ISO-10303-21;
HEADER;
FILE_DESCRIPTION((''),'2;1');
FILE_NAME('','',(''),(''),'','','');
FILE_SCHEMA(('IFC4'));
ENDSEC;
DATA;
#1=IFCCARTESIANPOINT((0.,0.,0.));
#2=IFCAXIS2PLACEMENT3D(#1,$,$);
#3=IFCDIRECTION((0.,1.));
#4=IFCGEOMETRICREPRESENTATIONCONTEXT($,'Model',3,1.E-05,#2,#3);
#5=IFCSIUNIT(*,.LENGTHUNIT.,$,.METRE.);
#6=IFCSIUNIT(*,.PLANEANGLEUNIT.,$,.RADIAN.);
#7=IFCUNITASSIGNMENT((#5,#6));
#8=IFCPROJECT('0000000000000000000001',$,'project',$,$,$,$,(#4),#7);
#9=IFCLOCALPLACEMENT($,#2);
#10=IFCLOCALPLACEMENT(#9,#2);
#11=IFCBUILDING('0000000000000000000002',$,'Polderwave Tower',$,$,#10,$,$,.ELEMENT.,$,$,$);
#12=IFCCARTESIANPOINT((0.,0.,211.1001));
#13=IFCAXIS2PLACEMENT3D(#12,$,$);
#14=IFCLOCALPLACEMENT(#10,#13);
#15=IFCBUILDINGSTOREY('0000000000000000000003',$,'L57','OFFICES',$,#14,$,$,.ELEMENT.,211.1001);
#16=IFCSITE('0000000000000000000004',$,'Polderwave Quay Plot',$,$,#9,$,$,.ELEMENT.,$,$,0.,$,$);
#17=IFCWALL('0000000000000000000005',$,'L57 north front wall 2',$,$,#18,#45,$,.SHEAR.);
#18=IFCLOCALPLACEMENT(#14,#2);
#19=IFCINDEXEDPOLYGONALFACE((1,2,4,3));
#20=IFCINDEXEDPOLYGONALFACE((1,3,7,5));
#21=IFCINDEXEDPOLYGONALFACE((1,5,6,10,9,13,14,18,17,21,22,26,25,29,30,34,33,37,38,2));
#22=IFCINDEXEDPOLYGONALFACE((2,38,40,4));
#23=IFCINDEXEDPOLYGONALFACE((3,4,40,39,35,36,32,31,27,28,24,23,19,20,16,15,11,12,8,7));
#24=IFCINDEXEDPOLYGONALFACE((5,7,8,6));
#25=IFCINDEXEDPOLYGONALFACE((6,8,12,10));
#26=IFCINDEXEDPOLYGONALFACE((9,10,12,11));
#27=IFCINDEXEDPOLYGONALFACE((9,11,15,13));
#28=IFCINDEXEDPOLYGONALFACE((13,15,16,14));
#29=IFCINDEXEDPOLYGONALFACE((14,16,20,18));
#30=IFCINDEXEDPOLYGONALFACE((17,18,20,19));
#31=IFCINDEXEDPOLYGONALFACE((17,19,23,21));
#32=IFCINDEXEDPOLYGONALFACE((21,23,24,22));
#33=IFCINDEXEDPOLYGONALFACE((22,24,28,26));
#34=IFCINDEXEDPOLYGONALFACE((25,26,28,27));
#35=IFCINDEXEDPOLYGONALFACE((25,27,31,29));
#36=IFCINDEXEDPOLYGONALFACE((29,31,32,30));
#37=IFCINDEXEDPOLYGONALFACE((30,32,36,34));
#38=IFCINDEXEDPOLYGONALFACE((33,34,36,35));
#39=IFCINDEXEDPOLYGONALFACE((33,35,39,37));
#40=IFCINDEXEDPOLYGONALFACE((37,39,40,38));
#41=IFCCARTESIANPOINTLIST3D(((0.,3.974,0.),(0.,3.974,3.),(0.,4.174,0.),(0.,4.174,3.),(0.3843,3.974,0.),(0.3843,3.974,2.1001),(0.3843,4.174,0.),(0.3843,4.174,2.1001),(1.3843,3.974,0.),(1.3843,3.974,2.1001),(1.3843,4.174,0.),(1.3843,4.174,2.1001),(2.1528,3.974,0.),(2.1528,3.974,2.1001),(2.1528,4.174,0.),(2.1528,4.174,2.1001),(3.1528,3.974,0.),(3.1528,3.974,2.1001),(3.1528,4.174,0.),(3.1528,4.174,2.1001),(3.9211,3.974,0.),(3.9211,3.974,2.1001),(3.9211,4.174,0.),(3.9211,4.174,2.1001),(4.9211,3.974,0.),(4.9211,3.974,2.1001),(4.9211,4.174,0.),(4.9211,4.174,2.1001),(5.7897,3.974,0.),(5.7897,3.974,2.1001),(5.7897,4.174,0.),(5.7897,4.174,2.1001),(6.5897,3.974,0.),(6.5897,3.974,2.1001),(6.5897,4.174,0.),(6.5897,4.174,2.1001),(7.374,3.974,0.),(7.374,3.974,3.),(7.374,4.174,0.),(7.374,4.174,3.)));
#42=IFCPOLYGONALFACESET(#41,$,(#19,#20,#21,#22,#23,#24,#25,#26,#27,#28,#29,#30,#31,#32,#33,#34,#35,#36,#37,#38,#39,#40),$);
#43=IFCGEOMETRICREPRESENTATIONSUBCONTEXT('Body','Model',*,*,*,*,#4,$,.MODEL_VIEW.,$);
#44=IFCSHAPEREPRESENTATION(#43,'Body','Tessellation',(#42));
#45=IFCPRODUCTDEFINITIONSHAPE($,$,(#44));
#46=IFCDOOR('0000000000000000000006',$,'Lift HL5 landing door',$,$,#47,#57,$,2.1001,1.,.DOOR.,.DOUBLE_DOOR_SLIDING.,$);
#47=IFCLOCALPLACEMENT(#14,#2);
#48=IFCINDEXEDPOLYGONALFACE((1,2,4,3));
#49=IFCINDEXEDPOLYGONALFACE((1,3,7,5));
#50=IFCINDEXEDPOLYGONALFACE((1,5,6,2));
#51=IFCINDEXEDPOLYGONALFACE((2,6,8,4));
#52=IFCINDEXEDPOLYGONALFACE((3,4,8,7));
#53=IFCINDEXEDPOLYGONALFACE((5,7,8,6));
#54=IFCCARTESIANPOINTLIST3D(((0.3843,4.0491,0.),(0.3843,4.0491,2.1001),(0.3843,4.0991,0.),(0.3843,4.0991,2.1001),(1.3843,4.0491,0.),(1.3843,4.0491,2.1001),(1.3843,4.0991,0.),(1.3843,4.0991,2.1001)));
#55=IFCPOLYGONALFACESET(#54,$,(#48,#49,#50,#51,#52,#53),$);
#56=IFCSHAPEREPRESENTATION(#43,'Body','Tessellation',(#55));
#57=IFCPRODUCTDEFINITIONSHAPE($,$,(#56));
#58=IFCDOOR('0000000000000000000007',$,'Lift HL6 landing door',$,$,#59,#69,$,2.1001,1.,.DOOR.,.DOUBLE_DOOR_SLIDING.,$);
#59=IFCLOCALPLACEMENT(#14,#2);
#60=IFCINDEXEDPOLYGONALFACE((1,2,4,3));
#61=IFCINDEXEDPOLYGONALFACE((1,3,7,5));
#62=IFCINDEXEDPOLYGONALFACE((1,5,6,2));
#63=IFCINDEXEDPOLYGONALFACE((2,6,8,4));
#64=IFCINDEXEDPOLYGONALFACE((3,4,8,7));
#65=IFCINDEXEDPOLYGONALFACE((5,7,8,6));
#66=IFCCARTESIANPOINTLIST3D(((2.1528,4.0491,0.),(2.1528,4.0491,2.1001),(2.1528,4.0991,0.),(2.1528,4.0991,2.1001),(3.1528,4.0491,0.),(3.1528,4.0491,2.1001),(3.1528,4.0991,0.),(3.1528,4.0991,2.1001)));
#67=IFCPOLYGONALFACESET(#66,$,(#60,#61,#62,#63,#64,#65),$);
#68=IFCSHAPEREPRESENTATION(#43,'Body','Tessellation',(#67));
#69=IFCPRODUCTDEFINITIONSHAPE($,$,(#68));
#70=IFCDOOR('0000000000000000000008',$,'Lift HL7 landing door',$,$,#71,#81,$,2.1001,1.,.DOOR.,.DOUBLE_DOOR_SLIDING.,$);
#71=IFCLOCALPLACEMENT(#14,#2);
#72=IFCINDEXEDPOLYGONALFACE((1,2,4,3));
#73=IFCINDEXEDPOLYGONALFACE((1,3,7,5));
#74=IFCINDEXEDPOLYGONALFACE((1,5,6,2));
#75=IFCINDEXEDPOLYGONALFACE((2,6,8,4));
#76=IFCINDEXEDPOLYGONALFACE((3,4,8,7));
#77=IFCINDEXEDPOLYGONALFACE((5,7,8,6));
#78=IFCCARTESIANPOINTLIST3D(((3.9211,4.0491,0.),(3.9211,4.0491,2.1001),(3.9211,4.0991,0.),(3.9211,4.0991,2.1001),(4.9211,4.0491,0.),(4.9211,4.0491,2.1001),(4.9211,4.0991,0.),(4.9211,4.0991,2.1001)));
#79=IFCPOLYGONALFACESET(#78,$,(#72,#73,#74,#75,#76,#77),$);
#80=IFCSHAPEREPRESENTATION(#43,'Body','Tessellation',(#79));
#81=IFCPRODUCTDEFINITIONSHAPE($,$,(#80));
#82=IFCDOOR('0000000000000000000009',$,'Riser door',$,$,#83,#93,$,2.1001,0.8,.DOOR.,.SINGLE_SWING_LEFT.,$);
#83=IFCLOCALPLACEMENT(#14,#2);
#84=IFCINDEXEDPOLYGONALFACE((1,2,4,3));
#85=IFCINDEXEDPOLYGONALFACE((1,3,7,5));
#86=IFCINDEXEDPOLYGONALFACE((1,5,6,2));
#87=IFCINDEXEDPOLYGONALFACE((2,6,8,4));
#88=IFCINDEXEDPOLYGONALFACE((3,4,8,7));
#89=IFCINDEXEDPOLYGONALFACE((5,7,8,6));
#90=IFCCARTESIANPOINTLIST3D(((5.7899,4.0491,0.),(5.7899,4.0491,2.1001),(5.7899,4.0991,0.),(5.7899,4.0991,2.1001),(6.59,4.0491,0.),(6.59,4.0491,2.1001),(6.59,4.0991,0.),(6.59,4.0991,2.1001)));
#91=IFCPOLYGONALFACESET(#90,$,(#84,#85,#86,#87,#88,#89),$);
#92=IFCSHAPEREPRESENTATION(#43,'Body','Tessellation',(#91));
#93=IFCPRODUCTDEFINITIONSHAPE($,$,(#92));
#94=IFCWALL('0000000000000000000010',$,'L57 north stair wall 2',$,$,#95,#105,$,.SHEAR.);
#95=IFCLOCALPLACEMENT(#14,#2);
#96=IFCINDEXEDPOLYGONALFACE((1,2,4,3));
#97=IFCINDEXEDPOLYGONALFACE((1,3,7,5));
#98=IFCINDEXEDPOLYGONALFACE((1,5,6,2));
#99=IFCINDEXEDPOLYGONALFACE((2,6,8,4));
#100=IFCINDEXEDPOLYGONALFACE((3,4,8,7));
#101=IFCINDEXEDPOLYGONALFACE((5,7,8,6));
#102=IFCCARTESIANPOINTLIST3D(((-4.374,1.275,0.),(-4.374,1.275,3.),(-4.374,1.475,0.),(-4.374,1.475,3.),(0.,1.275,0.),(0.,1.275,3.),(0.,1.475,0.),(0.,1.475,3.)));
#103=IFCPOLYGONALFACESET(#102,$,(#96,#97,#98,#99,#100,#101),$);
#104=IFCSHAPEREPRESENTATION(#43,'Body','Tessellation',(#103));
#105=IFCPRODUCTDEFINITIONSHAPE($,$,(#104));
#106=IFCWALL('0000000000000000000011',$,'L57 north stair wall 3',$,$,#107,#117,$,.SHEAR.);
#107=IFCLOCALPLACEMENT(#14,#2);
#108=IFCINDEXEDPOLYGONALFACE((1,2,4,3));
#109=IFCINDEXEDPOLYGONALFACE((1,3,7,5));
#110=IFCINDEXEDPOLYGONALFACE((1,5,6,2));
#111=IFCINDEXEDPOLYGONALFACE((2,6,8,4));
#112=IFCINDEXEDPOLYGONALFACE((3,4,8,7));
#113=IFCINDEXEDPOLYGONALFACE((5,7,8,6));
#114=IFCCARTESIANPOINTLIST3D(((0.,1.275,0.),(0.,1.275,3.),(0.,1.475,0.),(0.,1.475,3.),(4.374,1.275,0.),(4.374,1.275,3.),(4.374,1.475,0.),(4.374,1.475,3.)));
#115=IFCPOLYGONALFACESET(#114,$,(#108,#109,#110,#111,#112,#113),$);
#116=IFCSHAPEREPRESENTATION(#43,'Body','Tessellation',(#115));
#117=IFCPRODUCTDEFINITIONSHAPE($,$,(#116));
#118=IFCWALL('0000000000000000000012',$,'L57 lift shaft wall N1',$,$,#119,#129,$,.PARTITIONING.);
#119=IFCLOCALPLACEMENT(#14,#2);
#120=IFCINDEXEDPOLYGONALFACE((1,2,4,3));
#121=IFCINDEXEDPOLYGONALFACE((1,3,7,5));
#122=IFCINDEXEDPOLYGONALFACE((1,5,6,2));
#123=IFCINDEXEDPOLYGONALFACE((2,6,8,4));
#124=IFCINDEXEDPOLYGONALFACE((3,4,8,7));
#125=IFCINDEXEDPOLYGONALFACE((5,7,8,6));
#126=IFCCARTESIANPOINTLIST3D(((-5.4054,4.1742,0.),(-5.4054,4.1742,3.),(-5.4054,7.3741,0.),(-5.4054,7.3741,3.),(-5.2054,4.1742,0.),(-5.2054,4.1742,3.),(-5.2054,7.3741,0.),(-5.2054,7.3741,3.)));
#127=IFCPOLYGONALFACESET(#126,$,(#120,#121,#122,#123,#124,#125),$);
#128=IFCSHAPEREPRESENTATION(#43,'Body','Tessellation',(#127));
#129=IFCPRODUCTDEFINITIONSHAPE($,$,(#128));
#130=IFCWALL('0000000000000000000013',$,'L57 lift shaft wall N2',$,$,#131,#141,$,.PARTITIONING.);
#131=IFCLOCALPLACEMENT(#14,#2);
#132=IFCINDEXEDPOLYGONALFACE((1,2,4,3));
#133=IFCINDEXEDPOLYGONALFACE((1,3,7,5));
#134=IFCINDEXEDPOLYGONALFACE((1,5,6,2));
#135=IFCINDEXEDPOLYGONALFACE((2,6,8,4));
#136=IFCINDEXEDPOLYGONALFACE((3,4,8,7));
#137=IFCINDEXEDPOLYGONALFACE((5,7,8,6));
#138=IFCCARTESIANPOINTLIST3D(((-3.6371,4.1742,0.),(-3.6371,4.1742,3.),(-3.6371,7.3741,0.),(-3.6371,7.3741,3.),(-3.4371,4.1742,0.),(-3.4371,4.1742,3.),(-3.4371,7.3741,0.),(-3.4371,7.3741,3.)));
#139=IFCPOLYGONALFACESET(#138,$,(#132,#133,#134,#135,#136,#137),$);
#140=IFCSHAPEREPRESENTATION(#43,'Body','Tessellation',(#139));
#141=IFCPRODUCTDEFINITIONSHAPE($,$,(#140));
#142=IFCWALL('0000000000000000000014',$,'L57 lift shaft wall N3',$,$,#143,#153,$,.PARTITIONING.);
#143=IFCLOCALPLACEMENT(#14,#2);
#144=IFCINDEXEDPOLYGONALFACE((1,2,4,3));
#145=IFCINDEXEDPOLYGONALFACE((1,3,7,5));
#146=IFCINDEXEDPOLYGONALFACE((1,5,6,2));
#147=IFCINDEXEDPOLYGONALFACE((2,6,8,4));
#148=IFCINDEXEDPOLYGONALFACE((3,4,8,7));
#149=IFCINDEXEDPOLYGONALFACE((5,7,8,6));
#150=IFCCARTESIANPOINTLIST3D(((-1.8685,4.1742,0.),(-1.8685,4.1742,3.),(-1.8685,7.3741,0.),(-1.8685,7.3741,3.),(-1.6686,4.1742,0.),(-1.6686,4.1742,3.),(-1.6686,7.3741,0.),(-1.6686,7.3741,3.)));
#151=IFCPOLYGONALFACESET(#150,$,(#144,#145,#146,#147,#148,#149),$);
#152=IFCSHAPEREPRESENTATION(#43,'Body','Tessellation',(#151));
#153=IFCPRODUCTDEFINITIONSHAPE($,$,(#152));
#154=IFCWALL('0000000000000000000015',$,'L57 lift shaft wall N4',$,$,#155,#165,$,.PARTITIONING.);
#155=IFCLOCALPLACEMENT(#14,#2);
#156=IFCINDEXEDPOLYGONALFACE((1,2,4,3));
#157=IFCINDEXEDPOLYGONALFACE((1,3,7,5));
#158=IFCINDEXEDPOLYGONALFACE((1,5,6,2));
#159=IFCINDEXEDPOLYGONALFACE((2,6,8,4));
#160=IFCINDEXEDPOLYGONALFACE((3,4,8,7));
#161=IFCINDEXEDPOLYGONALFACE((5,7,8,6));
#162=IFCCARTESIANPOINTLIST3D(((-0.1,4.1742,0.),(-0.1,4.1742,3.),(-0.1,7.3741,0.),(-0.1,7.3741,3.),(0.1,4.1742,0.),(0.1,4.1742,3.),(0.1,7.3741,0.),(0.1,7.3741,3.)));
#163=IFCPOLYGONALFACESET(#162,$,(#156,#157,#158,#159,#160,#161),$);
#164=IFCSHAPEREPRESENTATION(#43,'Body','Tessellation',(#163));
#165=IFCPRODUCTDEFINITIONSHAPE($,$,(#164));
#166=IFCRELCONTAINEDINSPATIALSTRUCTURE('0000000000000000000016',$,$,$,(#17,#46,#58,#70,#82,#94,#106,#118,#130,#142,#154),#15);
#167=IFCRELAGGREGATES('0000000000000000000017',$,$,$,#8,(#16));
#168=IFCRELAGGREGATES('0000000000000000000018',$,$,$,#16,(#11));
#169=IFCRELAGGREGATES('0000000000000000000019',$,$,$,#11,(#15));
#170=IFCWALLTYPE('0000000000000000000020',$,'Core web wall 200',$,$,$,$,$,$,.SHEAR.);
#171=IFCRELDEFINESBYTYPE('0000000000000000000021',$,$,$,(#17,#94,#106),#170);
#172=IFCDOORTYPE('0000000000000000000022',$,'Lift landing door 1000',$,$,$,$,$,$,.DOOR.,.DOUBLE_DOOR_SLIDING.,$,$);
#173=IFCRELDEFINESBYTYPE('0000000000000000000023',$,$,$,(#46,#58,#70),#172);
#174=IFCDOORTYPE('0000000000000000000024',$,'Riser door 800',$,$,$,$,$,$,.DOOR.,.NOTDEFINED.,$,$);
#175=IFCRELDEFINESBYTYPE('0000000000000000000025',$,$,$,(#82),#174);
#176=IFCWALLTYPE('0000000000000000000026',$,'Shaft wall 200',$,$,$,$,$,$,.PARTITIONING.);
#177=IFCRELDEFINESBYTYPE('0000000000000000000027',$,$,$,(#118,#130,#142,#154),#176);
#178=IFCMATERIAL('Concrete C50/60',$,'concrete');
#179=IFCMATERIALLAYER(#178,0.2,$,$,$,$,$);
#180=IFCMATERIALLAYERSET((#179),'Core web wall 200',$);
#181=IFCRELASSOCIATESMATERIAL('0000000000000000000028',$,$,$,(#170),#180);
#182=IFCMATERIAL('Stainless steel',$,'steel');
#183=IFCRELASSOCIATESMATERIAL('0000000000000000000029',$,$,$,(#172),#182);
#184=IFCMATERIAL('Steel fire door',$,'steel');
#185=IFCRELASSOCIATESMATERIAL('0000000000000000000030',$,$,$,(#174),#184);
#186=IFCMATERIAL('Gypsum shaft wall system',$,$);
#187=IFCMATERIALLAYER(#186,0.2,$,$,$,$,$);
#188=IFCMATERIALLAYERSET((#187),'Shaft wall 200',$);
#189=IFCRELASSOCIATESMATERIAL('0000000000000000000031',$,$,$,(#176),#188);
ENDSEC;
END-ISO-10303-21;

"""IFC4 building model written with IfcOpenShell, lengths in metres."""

from ifc_helpers import new_model, si_unit, direction, frame, frame_2d, origin, place, context, subcontext, project, spatial, rectangle, extrude, material, layer, layer_set, type_object, element, fill, save


model = new_model("IFC4")

# Units and contexts
model_context = context("Model", 3, precision=1e-05, world=origin(), true_north=direction((0.0, 1.0)))
body_context = subcontext(model_context, "Body", "Model", "MODEL_VIEW")
ifc_project = project(units=[si_unit("LENGTHUNIT", "METRE"), si_unit("PLANEANGLEUNIT", "RADIAN")], contexts=[model_context])

# Site, building, storey
site_placement = place(None, origin())
site = spatial("IfcSite", under=ifc_project, at=site_placement, Name="Polderwave Quay Plot", CompositionType="ELEMENT", RefElevation=0.0)
building_placement = place(site_placement, origin())
building = spatial("IfcBuilding", under=site, at=building_placement, Name="Polderwave Tower", CompositionType="ELEMENT")
storey_placement = place(building_placement, frame((0.0, 0.0, 211.1001)))
storey = spatial("IfcBuildingStorey", under=building, at=storey_placement, Name="L57", Description="OFFICES", CompositionType="ELEMENT", Elevation=211.1001)

# Wall, openings, doors
ifc_material_1 = material(Name="Concrete C50/60", Category="concrete")
ifc_layer_1 = layer(ifc_material_1, 0.2)
ifc_layer_set_1 = layer_set([ifc_layer_1], Name="Core web wall 200")
wall_type_1 = type_object("IfcWallType", Name="Core web wall 200", PredefinedType="SHEAR", material=ifc_layer_set_1)
wall_placement = place(storey_placement, frame((0.0, 4.074, 0.0), z_axis=(0.0, 0.0, 1.0), x_axis=(1.0, 0.0, 0.0)))
wall = element("IfcWall", 1, at=wall_placement, inside=storey, type_object=wall_type_1, Name="L57 north front wall 2", PredefinedType="SHEAR", context=body_context, shape_type="SweptSolid", body=[
    extrude(rectangle(XDim=7.374, YDim=0.2, at=frame_2d((3.687, 0.0))), origin(), (0.0, 0.0, 1.0), 3.0),
])
opening_1_placement = place(wall_placement, frame((0.3843, 0.0, 0.0)))
opening_1 = element("IfcOpeningElement", 2, at=opening_1_placement, cuts=wall, PredefinedType="OPENING", context=body_context, shape_type="SweptSolid", body=[
    extrude(rectangle(XDim=1.0, YDim=2.1001, at=frame_2d((0.5, 1.05))), frame((0.0, 0.1099, 0.0), z_axis=(0.0, -1.0, 0.0), x_axis=(1.0, 0.0, 0.0)), (0.0, 0.0, 1.0), 0.22),
])
opening_2_placement = place(wall_placement, frame((2.1528, 0.0, 0.0)))
opening_2 = element("IfcOpeningElement", 3, at=opening_2_placement, cuts=wall, PredefinedType="OPENING", context=body_context, shape_type="SweptSolid", body=[
    extrude(rectangle(XDim=1.0, YDim=2.1001, at=frame_2d((0.5, 1.05))), frame((0.0, 0.1099, 0.0), z_axis=(0.0, -1.0, 0.0), x_axis=(1.0, 0.0, 0.0)), (0.0, 0.0, 1.0), 0.22),
])
opening_3_placement = place(wall_placement, frame((3.9211, 0.0, 0.0)))
opening_3 = element("IfcOpeningElement", 4, at=opening_3_placement, cuts=wall, PredefinedType="OPENING", context=body_context, shape_type="SweptSolid", body=[
    extrude(rectangle(XDim=1.0, YDim=2.1001, at=frame_2d((0.5, 1.05))), frame((0.0, 0.1099, 0.0), z_axis=(0.0, -1.0, 0.0), x_axis=(1.0, 0.0, 0.0)), (0.0, 0.0, 1.0), 0.22),
])
opening_4_placement = place(wall_placement, frame((5.7898, 0.0, 0.0)))
opening_4 = element("IfcOpeningElement", 5, at=opening_4_placement, cuts=wall, PredefinedType="OPENING", context=body_context, shape_type="SweptSolid", body=[
    extrude(rectangle(XDim=0.8, YDim=2.1001, at=frame_2d((0.3999, 1.05))), frame((0.0, 0.1099, 0.0), z_axis=(0.0, -1.0, 0.0), x_axis=(1.0, 0.0, 0.0)), (0.0, 0.0, 1.0), 0.22),
])
ifc_material_2 = material(Name="Stainless steel", Category="steel")
door_type_1 = type_object("IfcDoorType", Name="Lift landing door 1000", OperationType="DOUBLE_DOOR_SLIDING", PredefinedType="DOOR", material=ifc_material_2)
door_1_placement = place(opening_1_placement, frame((1.0, 0.0, 0.0), z_axis=(0.0, 0.0, 1.0), x_axis=(-1.0, 0.0, 0.0)))
door_1 = element("IfcDoor", 6, at=door_1_placement, inside=storey, type_object=door_type_1, Name="Lift HL5 landing door", OperationType="DOUBLE_DOOR_SLIDING", OverallHeight=2.1001, OverallWidth=1.0, PredefinedType="DOOR", context=body_context, shape_type="SweptSolid", body=[
    extrude(rectangle(XDim=1.0, YDim=2.1001, at=frame_2d((0.5, 1.05))), frame((0.0, 0.0249, 0.0), z_axis=(0.0, -1.0, 0.0), x_axis=(1.0, 0.0, 0.0)), (0.0, 0.0, 1.0), 0.05),
])
fill(opening_1, door_1)
door_2_placement = place(opening_2_placement, frame((1.0, 0.0, 0.0), z_axis=(0.0, 0.0, 1.0), x_axis=(-1.0, 0.0, 0.0)))
door_2 = element("IfcDoor", 7, at=door_2_placement, inside=storey, type_object=door_type_1, Name="Lift HL6 landing door", OperationType="DOUBLE_DOOR_SLIDING", OverallHeight=2.1001, OverallWidth=1.0, PredefinedType="DOOR", context=body_context, shape_type="SweptSolid", body=[
    extrude(rectangle(XDim=1.0, YDim=2.1001, at=frame_2d((0.5, 1.05))), frame((0.0, 0.0249, 0.0), z_axis=(0.0, -1.0, 0.0), x_axis=(1.0, 0.0, 0.0)), (0.0, 0.0, 1.0), 0.05),
])
fill(opening_2, door_2)
door_3_placement = place(opening_3_placement, frame((1.0, 0.0, 0.0), z_axis=(0.0, 0.0, 1.0), x_axis=(-1.0, 0.0, 0.0)))
door_3 = element("IfcDoor", 8, at=door_3_placement, inside=storey, type_object=door_type_1, Name="Lift HL7 landing door", OperationType="DOUBLE_DOOR_SLIDING", OverallHeight=2.1001, OverallWidth=1.0, PredefinedType="DOOR", context=body_context, shape_type="SweptSolid", body=[
    extrude(rectangle(XDim=1.0, YDim=2.1001, at=frame_2d((0.5, 1.05))), frame((0.0, 0.0249, 0.0), z_axis=(0.0, -1.0, 0.0), x_axis=(1.0, 0.0, 0.0)), (0.0, 0.0, 1.0), 0.05),
])
fill(opening_3, door_3)
ifc_material_3 = material(Name="Steel fire door", Category="steel")
door_type_2 = type_object("IfcDoorType", Name="Riser door 800", OperationType="NOTDEFINED", PredefinedType="DOOR", material=ifc_material_3)
door_4_placement = place(opening_4_placement, frame((0.8, 0.0, 0.0), z_axis=(0.0, 0.0, 1.0), x_axis=(-1.0, 0.0, 0.0)))
door_4 = element("IfcDoor", 9, at=door_4_placement, inside=storey, type_object=door_type_2, Name="Riser door", OperationType="SINGLE_SWING_LEFT", OverallHeight=2.1001, OverallWidth=0.8, PredefinedType="DOOR", context=body_context, shape_type="SweptSolid", body=[
    extrude(rectangle(XDim=0.8, YDim=2.1001, at=frame_2d((0.3999, 1.05))), frame((0.0, 0.0249, 0.0), z_axis=(0.0, -1.0, 0.0), x_axis=(1.0, 0.0, 0.0)), (0.0, 0.0, 1.0), 0.05),
])
fill(opening_4, door_4)

# Walls
for number, where, z_axis, x_axis, name in (
    (10, (-4.374, 1.375, 0.0), (0.0, 0.0, 1.0), (1.0, 0.0, 0.0), "L57 north stair wall 2"),
    (11, (0.0, 1.375, 0.0), (0.0, 0.0, 1.0), (1.0, 0.0, 0.0), "L57 north stair wall 3"),
):
    element("IfcWall", number, at=place(storey_placement, frame(where, z_axis=z_axis, x_axis=x_axis)), inside=storey, type_object=wall_type_1, Name=name, PredefinedType="SHEAR", context=body_context, shape_type="SweptSolid", body=[
        extrude(rectangle(XDim=4.374, YDim=0.2, at=frame_2d((2.187, 0.0))), origin(), (0.0, 0.0, 1.0), 3.0),
    ])
ifc_material_4 = material(Name="Gypsum shaft wall system")
ifc_layer_2 = layer(ifc_material_4, 0.2)
ifc_layer_set_2 = layer_set([ifc_layer_2], Name="Shaft wall 200")
wall_type_2 = type_object("IfcWallType", Name="Shaft wall 200", PredefinedType="PARTITIONING", material=ifc_layer_set_2)
for number, where, z_axis, x_axis, name in (
    (12, (-5.3054, 4.1741, 0.0), (0.0, 0.0, 1.0), (0.0, 1.0, 0.0), "L57 lift shaft wall N1"),
    (13, (-3.5371, 4.1741, 0.0), (0.0, 0.0, 1.0), (0.0, 1.0, 0.0), "L57 lift shaft wall N2"),
    (14, (-1.7686, 4.1741, 0.0), (0.0, 0.0, 1.0), (0.0, 1.0, 0.0), "L57 lift shaft wall N3"),
    (15, (0.0, 4.1741, 0.0), (0.0, 0.0, 1.0), (0.0, 1.0, 0.0), "L57 lift shaft wall N4"),
):
    element("IfcWall", number, at=place(storey_placement, frame(where, z_axis=z_axis, x_axis=x_axis)), inside=storey, type_object=wall_type_2, Name=name, PredefinedType="PARTITIONING", context=body_context, shape_type="SweptSolid", body=[
        extrude(rectangle(XDim=3.2, YDim=0.2, at=frame_2d((1.6001, 0.0))), origin(), (0.0, 0.0, 1.0), 3.0),
    ])

save(model, "model.ifc")
